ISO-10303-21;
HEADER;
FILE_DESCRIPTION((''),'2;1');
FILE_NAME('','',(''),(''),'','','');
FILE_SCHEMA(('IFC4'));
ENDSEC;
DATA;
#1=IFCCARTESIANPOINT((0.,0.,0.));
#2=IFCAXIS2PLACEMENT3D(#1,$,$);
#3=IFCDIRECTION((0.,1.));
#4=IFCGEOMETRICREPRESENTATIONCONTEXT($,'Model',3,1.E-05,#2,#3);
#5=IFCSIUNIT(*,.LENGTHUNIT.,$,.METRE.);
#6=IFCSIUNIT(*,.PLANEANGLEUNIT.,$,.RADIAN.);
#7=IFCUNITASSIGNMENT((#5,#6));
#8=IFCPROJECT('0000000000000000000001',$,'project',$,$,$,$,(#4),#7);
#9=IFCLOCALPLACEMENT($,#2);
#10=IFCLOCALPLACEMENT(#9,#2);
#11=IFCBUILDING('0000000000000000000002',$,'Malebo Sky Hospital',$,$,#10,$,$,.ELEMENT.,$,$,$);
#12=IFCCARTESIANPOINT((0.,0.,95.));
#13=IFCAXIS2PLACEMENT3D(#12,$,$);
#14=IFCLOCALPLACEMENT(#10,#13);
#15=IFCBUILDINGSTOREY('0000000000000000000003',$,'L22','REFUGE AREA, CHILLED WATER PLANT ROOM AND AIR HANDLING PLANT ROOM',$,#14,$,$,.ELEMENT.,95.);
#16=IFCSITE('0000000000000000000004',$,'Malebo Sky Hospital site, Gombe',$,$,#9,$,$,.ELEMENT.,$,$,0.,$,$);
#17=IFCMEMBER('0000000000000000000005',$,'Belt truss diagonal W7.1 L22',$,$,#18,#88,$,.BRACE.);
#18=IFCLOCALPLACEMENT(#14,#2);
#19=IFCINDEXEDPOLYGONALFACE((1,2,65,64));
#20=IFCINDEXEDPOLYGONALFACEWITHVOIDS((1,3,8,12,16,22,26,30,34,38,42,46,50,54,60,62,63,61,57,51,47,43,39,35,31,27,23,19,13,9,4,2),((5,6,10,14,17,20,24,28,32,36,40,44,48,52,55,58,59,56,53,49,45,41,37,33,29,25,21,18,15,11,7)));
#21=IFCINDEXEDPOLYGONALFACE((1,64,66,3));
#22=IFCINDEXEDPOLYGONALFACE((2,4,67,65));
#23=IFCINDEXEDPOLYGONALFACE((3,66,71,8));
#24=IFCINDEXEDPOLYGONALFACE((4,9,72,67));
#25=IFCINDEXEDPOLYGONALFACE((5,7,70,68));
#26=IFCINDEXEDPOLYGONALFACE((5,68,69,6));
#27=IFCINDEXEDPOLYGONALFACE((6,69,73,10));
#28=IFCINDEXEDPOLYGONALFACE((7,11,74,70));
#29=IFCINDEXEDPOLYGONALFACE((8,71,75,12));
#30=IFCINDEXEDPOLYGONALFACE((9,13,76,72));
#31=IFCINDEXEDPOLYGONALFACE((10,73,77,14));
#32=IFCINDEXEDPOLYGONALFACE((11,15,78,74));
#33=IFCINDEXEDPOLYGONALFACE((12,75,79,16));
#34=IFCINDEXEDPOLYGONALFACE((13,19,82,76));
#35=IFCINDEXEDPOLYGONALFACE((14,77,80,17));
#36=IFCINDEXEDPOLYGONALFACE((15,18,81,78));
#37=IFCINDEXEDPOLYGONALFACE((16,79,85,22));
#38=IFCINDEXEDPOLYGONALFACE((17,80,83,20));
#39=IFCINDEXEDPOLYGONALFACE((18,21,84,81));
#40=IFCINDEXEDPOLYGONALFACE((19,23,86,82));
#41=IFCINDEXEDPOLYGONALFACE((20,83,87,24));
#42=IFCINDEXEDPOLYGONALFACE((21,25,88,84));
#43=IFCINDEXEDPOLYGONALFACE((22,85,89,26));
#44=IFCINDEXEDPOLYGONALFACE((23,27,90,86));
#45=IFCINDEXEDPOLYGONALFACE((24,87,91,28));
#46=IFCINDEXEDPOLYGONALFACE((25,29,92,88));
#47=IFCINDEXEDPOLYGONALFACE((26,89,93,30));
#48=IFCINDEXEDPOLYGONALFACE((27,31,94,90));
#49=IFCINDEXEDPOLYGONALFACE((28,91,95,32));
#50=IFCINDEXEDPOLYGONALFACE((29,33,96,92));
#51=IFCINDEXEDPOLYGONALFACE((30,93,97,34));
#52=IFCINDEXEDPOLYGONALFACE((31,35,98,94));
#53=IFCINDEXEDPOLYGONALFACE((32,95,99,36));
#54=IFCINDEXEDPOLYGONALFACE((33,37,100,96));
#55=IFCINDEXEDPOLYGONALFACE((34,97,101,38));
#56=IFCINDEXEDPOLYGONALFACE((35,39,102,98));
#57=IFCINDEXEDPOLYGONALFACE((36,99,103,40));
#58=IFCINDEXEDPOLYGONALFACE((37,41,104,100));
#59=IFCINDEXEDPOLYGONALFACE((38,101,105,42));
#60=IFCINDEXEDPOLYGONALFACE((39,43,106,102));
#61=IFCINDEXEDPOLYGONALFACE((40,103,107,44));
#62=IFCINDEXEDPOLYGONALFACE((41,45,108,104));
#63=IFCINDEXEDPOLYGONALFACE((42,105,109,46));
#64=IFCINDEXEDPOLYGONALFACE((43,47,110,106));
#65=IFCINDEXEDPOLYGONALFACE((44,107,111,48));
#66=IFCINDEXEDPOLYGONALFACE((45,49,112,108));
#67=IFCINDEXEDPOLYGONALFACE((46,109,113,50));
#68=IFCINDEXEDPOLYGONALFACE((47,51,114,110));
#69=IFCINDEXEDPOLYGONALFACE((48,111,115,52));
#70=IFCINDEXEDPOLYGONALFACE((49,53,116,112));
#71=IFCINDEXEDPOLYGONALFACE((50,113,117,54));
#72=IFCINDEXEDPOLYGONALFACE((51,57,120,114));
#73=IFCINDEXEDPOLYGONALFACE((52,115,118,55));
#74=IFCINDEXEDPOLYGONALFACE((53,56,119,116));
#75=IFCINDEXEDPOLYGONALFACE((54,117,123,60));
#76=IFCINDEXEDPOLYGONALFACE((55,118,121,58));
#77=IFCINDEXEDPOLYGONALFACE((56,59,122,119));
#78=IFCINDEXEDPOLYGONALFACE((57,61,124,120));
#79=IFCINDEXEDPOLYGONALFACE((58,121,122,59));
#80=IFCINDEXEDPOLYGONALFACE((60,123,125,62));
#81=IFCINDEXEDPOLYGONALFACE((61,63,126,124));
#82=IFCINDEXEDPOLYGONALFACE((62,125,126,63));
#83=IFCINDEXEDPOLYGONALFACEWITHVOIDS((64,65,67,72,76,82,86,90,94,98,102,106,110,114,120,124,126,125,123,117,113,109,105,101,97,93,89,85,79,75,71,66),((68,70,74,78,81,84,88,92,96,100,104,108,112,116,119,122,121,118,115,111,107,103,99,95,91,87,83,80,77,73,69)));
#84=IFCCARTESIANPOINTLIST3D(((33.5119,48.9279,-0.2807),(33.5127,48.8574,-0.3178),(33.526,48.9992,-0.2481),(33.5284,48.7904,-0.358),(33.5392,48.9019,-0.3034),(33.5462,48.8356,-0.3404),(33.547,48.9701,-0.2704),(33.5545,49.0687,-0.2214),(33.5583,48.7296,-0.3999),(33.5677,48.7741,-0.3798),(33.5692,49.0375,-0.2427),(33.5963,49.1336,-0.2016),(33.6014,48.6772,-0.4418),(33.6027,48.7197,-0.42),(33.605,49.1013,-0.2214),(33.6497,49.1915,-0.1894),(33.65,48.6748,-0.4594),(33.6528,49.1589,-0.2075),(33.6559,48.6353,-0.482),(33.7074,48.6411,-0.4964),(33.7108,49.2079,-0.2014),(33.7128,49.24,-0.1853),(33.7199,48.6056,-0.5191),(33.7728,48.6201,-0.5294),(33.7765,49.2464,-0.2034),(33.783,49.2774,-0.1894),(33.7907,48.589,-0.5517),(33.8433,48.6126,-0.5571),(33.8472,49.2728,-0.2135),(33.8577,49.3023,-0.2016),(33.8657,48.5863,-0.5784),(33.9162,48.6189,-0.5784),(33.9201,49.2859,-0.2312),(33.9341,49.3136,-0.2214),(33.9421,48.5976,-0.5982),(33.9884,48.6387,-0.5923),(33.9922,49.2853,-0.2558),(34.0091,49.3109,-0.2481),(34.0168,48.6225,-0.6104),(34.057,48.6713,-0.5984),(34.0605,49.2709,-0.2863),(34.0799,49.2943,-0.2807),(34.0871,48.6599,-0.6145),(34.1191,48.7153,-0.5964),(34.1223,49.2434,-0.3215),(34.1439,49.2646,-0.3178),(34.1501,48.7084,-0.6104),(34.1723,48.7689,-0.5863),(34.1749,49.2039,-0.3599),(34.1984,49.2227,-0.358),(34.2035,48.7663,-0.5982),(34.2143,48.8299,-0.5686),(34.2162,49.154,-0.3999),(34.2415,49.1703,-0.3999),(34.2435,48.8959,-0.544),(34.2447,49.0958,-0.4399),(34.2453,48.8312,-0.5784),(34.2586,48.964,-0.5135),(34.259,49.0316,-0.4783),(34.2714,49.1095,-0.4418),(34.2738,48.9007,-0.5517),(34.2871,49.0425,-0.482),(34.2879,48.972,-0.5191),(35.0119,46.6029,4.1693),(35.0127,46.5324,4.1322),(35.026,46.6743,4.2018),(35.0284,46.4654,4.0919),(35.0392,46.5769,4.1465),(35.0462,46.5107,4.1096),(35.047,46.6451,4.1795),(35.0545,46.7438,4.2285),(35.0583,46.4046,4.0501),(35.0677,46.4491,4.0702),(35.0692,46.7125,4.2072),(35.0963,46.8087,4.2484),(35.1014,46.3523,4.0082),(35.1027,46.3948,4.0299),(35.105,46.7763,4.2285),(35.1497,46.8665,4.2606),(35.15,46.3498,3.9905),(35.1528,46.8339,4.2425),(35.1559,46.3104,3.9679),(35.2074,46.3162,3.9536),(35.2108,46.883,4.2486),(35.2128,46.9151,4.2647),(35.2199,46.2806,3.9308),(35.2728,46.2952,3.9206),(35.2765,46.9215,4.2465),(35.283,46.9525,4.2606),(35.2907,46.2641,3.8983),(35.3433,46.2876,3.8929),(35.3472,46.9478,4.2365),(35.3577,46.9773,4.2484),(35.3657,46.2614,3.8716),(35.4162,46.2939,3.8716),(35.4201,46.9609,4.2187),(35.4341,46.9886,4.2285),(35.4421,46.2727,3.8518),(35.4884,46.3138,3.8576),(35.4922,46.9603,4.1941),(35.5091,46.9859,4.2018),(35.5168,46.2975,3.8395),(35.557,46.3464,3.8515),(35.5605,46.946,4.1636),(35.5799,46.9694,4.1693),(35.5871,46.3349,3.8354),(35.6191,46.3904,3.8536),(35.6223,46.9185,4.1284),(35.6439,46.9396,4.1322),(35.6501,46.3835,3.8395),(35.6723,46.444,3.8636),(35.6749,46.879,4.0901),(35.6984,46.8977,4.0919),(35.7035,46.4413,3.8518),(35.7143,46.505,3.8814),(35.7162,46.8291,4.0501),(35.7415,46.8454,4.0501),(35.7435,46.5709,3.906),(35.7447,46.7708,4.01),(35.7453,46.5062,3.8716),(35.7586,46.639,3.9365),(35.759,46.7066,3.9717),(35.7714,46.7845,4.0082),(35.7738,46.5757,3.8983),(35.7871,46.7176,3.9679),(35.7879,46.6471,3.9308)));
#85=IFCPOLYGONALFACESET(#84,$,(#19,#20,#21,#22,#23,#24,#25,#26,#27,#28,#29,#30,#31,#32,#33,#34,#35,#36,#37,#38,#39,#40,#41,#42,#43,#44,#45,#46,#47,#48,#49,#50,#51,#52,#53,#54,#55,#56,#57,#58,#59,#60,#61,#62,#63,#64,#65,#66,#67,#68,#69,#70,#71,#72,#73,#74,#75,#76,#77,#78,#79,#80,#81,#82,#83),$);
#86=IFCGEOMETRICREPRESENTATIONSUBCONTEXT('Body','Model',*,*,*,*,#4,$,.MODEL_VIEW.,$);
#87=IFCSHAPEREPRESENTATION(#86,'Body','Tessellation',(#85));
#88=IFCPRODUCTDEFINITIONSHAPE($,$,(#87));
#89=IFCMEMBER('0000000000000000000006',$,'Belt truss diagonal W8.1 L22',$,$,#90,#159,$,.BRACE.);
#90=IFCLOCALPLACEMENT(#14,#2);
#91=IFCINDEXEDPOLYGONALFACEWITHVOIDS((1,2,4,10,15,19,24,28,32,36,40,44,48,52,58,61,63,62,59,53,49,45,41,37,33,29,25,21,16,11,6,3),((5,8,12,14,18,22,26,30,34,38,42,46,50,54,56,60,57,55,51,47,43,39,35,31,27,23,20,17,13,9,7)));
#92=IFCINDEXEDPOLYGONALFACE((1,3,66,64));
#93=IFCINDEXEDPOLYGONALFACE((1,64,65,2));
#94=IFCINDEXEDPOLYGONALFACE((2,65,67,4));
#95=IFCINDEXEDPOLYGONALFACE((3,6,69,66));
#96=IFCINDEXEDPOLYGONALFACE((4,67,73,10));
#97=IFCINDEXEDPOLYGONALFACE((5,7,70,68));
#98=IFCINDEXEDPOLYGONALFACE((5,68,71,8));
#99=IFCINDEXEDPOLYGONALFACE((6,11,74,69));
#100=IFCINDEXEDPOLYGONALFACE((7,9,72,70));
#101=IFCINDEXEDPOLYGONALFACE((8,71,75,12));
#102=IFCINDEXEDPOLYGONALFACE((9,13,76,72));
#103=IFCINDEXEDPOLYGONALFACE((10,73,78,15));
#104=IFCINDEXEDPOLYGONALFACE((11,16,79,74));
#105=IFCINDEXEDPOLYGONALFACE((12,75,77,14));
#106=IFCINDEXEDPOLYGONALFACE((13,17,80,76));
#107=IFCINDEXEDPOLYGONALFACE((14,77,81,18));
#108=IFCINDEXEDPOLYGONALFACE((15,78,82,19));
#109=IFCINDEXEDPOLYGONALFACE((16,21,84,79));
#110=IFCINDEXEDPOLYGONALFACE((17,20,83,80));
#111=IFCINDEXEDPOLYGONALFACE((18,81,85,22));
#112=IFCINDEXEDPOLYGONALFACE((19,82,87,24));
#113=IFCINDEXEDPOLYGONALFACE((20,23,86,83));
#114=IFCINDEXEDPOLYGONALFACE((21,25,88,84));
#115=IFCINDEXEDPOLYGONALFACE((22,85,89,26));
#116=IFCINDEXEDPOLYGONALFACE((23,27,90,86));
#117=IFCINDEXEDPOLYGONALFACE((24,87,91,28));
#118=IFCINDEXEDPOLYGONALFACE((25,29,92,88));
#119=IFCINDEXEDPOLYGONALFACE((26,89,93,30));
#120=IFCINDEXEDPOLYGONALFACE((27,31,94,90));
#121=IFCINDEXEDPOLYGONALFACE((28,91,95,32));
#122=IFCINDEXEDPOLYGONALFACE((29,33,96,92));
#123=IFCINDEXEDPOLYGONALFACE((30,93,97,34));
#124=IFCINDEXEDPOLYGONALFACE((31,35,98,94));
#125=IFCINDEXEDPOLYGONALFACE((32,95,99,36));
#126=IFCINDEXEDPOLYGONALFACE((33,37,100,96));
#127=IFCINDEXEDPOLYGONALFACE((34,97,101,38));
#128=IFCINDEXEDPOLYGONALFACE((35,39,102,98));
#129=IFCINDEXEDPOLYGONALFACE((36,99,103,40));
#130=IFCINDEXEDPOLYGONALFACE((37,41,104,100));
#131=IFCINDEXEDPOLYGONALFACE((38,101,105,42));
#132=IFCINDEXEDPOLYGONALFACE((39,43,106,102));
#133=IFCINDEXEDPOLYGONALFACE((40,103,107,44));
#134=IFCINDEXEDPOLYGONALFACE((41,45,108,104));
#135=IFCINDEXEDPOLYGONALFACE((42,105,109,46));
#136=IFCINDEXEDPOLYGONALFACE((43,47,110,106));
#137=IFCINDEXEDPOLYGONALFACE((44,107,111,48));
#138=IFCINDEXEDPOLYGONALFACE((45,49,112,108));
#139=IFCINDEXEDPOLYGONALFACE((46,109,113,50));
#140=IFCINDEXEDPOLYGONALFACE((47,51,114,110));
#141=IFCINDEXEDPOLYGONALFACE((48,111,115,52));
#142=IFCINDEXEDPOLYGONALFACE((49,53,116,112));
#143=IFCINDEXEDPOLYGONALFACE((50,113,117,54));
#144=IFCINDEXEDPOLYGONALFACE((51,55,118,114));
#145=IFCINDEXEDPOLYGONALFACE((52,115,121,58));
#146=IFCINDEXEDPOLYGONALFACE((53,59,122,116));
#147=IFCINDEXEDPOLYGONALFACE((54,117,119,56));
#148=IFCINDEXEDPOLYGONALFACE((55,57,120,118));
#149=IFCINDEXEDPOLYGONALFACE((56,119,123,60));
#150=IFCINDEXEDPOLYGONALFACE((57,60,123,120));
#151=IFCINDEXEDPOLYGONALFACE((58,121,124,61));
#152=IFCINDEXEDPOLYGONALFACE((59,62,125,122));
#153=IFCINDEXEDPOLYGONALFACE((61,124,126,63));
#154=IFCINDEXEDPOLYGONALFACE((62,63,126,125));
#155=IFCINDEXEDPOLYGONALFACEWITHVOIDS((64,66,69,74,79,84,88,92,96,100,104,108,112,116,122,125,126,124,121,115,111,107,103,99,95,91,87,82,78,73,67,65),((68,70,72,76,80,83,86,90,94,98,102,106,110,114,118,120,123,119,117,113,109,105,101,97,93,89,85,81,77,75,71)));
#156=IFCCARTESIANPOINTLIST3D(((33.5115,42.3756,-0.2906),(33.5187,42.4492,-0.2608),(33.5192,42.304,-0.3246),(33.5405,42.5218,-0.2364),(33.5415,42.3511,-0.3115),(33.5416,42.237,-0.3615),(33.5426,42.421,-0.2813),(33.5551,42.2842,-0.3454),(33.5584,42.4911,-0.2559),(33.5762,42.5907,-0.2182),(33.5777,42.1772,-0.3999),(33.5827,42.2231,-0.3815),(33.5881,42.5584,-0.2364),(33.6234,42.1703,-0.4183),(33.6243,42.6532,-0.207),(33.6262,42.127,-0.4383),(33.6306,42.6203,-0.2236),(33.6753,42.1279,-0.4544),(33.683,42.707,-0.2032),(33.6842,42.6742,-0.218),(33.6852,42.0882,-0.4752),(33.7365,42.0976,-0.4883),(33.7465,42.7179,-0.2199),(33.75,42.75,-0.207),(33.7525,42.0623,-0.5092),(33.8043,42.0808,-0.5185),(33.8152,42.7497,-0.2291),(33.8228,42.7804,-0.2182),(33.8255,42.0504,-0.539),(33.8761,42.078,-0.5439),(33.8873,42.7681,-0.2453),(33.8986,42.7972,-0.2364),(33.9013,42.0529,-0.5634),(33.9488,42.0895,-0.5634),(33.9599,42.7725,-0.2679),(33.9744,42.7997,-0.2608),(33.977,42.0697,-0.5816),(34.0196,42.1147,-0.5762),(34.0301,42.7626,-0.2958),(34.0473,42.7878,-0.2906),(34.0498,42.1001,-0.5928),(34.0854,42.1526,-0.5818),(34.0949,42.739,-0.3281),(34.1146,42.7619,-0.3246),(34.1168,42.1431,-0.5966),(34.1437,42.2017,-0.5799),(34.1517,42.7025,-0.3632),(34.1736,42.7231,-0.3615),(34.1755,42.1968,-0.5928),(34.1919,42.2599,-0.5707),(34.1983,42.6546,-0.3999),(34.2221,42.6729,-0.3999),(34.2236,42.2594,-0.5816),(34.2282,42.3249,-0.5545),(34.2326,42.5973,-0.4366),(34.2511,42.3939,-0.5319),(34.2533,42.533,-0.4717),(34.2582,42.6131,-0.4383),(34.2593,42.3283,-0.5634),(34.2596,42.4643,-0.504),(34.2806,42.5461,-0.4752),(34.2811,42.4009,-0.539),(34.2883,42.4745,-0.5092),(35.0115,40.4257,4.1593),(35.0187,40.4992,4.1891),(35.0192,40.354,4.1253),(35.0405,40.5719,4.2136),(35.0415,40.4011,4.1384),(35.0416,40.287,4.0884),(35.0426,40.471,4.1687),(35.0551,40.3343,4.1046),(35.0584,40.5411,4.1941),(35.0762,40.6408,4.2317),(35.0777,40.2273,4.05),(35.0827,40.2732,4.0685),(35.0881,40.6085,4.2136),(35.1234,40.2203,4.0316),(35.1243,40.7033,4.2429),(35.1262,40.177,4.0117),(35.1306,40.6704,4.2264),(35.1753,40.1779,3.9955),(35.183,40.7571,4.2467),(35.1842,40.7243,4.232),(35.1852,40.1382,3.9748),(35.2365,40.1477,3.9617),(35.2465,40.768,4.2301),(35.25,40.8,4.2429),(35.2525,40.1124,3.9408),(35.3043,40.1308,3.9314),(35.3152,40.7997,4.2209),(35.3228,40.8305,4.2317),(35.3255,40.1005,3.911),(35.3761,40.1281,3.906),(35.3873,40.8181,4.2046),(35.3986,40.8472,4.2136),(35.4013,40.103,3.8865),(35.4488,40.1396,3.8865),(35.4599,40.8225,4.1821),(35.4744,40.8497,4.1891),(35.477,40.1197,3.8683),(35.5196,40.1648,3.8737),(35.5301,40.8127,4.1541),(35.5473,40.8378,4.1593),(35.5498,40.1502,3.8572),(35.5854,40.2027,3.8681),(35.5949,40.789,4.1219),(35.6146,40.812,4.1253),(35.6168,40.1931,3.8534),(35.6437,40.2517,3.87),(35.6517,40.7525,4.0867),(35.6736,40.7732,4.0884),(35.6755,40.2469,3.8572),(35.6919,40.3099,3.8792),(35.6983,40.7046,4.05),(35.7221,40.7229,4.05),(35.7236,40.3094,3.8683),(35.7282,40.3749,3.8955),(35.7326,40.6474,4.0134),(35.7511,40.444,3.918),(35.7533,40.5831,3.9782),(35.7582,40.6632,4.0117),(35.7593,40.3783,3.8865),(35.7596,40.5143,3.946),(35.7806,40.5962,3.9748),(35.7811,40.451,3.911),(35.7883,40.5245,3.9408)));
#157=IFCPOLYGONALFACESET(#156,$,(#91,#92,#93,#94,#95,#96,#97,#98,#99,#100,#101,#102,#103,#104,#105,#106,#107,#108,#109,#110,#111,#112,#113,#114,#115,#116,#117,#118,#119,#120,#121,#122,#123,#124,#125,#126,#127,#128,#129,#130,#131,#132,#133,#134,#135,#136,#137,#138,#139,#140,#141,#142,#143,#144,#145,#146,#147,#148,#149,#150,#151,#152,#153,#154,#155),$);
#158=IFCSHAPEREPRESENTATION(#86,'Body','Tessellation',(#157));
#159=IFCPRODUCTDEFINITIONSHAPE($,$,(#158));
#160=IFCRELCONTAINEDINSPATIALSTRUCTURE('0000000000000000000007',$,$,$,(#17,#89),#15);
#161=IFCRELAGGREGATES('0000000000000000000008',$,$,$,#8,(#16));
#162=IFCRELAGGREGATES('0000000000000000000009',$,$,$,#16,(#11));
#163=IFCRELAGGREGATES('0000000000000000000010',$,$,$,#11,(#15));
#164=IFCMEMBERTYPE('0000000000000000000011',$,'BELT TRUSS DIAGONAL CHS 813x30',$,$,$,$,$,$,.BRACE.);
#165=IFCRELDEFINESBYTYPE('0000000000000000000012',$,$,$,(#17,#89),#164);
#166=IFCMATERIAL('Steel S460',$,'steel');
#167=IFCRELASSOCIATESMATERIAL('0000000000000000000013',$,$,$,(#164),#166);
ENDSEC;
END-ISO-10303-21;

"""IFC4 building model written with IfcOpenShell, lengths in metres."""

from ifc_helpers import new_model, si_unit, direction, frame, origin, origin_2d, place, context, subcontext, project, spatial, hollow_circle, extrude, material, material_profile, profile_set, type_object, element, save


model = new_model("IFC4")

# Units and contexts
model_context = context("Model", 3, precision=1e-05, world=origin(), true_north=direction((0.0, 1.0)))
body_context = subcontext(model_context, "Body", "Model", "MODEL_VIEW")
ifc_project = project(units=[si_unit("LENGTHUNIT", "METRE"), si_unit("PLANEANGLEUNIT", "RADIAN")], contexts=[model_context])

# Site, building, storey
site_placement = place(None, origin())
site = spatial("IfcSite", under=ifc_project, at=site_placement, Name="Malebo Sky Hospital site, Gombe", CompositionType="ELEMENT", RefElevation=0.0)
building_placement = place(site_placement, origin())
building = spatial("IfcBuilding", under=site, at=building_placement, Name="Malebo Sky Hospital", CompositionType="ELEMENT")
storey_placement = place(building_placement, frame((0.0, 0.0, 95.0)))
storey = spatial("IfcBuildingStorey", under=building, at=storey_placement, Name="L22", Description="REFUGE AREA, CHILLED WATER PLANT ROOM AND AIR HANDLING PLANT ROOM", CompositionType="ELEMENT", Elevation=95.0)

# Members
ifc_material_1 = material(Name="Steel S460", Category="steel")
ifc_material_profile_1 = material_profile(ifc_material_1, hollow_circle(Radius=0.4065, WallThickness=0.03, at=origin_2d()), Name="CHS 813x30")
ifc_profile_set_1 = profile_set([ifc_material_profile_1], Name="Steel S460")
member_type_1 = type_object("IfcMemberType", Name="BELT TRUSS DIAGONAL CHS 813x30", PredefinedType="BRACE", material=ifc_profile_set_1)
member_1_placement = place(storey_placement, frame((33.8999, 48.95, -0.3999), z_axis=(0.28626, -0.443694, 0.849229), x_axis=(0.840291, 0.542135, 0.0)))
element("IfcMember", 1, at=member_1_placement, inside=storey, type_object=member_type_1, Name="Belt truss diagonal W7.1 L22", PredefinedType="BRACE", context=body_context, shape_type="SweptSolid", body=[
    extrude(hollow_circle(Radius=0.4065, WallThickness=0.03, at=origin_2d()), origin(), (0.0, 0.0, 1.0), 5.24),
])
member_2_placement = place(storey_placement, frame((33.8999, 42.425, -0.3999), z_axis=(0.295002, -0.383492, 0.875162), x_axis=(0.792617, 0.60972, 0.0)))
element("IfcMember", 2, at=member_2_placement, inside=storey, type_object=member_type_1, Name="Belt truss diagonal W8.1 L22", PredefinedType="BRACE", context=body_context, shape_type="SweptSolid", body=[
    extrude(hollow_circle(Radius=0.4065, WallThickness=0.03, at=origin_2d()), origin(), (0.0, 0.0, 1.0), 5.0847),
])

save(model, "model.ifc")
